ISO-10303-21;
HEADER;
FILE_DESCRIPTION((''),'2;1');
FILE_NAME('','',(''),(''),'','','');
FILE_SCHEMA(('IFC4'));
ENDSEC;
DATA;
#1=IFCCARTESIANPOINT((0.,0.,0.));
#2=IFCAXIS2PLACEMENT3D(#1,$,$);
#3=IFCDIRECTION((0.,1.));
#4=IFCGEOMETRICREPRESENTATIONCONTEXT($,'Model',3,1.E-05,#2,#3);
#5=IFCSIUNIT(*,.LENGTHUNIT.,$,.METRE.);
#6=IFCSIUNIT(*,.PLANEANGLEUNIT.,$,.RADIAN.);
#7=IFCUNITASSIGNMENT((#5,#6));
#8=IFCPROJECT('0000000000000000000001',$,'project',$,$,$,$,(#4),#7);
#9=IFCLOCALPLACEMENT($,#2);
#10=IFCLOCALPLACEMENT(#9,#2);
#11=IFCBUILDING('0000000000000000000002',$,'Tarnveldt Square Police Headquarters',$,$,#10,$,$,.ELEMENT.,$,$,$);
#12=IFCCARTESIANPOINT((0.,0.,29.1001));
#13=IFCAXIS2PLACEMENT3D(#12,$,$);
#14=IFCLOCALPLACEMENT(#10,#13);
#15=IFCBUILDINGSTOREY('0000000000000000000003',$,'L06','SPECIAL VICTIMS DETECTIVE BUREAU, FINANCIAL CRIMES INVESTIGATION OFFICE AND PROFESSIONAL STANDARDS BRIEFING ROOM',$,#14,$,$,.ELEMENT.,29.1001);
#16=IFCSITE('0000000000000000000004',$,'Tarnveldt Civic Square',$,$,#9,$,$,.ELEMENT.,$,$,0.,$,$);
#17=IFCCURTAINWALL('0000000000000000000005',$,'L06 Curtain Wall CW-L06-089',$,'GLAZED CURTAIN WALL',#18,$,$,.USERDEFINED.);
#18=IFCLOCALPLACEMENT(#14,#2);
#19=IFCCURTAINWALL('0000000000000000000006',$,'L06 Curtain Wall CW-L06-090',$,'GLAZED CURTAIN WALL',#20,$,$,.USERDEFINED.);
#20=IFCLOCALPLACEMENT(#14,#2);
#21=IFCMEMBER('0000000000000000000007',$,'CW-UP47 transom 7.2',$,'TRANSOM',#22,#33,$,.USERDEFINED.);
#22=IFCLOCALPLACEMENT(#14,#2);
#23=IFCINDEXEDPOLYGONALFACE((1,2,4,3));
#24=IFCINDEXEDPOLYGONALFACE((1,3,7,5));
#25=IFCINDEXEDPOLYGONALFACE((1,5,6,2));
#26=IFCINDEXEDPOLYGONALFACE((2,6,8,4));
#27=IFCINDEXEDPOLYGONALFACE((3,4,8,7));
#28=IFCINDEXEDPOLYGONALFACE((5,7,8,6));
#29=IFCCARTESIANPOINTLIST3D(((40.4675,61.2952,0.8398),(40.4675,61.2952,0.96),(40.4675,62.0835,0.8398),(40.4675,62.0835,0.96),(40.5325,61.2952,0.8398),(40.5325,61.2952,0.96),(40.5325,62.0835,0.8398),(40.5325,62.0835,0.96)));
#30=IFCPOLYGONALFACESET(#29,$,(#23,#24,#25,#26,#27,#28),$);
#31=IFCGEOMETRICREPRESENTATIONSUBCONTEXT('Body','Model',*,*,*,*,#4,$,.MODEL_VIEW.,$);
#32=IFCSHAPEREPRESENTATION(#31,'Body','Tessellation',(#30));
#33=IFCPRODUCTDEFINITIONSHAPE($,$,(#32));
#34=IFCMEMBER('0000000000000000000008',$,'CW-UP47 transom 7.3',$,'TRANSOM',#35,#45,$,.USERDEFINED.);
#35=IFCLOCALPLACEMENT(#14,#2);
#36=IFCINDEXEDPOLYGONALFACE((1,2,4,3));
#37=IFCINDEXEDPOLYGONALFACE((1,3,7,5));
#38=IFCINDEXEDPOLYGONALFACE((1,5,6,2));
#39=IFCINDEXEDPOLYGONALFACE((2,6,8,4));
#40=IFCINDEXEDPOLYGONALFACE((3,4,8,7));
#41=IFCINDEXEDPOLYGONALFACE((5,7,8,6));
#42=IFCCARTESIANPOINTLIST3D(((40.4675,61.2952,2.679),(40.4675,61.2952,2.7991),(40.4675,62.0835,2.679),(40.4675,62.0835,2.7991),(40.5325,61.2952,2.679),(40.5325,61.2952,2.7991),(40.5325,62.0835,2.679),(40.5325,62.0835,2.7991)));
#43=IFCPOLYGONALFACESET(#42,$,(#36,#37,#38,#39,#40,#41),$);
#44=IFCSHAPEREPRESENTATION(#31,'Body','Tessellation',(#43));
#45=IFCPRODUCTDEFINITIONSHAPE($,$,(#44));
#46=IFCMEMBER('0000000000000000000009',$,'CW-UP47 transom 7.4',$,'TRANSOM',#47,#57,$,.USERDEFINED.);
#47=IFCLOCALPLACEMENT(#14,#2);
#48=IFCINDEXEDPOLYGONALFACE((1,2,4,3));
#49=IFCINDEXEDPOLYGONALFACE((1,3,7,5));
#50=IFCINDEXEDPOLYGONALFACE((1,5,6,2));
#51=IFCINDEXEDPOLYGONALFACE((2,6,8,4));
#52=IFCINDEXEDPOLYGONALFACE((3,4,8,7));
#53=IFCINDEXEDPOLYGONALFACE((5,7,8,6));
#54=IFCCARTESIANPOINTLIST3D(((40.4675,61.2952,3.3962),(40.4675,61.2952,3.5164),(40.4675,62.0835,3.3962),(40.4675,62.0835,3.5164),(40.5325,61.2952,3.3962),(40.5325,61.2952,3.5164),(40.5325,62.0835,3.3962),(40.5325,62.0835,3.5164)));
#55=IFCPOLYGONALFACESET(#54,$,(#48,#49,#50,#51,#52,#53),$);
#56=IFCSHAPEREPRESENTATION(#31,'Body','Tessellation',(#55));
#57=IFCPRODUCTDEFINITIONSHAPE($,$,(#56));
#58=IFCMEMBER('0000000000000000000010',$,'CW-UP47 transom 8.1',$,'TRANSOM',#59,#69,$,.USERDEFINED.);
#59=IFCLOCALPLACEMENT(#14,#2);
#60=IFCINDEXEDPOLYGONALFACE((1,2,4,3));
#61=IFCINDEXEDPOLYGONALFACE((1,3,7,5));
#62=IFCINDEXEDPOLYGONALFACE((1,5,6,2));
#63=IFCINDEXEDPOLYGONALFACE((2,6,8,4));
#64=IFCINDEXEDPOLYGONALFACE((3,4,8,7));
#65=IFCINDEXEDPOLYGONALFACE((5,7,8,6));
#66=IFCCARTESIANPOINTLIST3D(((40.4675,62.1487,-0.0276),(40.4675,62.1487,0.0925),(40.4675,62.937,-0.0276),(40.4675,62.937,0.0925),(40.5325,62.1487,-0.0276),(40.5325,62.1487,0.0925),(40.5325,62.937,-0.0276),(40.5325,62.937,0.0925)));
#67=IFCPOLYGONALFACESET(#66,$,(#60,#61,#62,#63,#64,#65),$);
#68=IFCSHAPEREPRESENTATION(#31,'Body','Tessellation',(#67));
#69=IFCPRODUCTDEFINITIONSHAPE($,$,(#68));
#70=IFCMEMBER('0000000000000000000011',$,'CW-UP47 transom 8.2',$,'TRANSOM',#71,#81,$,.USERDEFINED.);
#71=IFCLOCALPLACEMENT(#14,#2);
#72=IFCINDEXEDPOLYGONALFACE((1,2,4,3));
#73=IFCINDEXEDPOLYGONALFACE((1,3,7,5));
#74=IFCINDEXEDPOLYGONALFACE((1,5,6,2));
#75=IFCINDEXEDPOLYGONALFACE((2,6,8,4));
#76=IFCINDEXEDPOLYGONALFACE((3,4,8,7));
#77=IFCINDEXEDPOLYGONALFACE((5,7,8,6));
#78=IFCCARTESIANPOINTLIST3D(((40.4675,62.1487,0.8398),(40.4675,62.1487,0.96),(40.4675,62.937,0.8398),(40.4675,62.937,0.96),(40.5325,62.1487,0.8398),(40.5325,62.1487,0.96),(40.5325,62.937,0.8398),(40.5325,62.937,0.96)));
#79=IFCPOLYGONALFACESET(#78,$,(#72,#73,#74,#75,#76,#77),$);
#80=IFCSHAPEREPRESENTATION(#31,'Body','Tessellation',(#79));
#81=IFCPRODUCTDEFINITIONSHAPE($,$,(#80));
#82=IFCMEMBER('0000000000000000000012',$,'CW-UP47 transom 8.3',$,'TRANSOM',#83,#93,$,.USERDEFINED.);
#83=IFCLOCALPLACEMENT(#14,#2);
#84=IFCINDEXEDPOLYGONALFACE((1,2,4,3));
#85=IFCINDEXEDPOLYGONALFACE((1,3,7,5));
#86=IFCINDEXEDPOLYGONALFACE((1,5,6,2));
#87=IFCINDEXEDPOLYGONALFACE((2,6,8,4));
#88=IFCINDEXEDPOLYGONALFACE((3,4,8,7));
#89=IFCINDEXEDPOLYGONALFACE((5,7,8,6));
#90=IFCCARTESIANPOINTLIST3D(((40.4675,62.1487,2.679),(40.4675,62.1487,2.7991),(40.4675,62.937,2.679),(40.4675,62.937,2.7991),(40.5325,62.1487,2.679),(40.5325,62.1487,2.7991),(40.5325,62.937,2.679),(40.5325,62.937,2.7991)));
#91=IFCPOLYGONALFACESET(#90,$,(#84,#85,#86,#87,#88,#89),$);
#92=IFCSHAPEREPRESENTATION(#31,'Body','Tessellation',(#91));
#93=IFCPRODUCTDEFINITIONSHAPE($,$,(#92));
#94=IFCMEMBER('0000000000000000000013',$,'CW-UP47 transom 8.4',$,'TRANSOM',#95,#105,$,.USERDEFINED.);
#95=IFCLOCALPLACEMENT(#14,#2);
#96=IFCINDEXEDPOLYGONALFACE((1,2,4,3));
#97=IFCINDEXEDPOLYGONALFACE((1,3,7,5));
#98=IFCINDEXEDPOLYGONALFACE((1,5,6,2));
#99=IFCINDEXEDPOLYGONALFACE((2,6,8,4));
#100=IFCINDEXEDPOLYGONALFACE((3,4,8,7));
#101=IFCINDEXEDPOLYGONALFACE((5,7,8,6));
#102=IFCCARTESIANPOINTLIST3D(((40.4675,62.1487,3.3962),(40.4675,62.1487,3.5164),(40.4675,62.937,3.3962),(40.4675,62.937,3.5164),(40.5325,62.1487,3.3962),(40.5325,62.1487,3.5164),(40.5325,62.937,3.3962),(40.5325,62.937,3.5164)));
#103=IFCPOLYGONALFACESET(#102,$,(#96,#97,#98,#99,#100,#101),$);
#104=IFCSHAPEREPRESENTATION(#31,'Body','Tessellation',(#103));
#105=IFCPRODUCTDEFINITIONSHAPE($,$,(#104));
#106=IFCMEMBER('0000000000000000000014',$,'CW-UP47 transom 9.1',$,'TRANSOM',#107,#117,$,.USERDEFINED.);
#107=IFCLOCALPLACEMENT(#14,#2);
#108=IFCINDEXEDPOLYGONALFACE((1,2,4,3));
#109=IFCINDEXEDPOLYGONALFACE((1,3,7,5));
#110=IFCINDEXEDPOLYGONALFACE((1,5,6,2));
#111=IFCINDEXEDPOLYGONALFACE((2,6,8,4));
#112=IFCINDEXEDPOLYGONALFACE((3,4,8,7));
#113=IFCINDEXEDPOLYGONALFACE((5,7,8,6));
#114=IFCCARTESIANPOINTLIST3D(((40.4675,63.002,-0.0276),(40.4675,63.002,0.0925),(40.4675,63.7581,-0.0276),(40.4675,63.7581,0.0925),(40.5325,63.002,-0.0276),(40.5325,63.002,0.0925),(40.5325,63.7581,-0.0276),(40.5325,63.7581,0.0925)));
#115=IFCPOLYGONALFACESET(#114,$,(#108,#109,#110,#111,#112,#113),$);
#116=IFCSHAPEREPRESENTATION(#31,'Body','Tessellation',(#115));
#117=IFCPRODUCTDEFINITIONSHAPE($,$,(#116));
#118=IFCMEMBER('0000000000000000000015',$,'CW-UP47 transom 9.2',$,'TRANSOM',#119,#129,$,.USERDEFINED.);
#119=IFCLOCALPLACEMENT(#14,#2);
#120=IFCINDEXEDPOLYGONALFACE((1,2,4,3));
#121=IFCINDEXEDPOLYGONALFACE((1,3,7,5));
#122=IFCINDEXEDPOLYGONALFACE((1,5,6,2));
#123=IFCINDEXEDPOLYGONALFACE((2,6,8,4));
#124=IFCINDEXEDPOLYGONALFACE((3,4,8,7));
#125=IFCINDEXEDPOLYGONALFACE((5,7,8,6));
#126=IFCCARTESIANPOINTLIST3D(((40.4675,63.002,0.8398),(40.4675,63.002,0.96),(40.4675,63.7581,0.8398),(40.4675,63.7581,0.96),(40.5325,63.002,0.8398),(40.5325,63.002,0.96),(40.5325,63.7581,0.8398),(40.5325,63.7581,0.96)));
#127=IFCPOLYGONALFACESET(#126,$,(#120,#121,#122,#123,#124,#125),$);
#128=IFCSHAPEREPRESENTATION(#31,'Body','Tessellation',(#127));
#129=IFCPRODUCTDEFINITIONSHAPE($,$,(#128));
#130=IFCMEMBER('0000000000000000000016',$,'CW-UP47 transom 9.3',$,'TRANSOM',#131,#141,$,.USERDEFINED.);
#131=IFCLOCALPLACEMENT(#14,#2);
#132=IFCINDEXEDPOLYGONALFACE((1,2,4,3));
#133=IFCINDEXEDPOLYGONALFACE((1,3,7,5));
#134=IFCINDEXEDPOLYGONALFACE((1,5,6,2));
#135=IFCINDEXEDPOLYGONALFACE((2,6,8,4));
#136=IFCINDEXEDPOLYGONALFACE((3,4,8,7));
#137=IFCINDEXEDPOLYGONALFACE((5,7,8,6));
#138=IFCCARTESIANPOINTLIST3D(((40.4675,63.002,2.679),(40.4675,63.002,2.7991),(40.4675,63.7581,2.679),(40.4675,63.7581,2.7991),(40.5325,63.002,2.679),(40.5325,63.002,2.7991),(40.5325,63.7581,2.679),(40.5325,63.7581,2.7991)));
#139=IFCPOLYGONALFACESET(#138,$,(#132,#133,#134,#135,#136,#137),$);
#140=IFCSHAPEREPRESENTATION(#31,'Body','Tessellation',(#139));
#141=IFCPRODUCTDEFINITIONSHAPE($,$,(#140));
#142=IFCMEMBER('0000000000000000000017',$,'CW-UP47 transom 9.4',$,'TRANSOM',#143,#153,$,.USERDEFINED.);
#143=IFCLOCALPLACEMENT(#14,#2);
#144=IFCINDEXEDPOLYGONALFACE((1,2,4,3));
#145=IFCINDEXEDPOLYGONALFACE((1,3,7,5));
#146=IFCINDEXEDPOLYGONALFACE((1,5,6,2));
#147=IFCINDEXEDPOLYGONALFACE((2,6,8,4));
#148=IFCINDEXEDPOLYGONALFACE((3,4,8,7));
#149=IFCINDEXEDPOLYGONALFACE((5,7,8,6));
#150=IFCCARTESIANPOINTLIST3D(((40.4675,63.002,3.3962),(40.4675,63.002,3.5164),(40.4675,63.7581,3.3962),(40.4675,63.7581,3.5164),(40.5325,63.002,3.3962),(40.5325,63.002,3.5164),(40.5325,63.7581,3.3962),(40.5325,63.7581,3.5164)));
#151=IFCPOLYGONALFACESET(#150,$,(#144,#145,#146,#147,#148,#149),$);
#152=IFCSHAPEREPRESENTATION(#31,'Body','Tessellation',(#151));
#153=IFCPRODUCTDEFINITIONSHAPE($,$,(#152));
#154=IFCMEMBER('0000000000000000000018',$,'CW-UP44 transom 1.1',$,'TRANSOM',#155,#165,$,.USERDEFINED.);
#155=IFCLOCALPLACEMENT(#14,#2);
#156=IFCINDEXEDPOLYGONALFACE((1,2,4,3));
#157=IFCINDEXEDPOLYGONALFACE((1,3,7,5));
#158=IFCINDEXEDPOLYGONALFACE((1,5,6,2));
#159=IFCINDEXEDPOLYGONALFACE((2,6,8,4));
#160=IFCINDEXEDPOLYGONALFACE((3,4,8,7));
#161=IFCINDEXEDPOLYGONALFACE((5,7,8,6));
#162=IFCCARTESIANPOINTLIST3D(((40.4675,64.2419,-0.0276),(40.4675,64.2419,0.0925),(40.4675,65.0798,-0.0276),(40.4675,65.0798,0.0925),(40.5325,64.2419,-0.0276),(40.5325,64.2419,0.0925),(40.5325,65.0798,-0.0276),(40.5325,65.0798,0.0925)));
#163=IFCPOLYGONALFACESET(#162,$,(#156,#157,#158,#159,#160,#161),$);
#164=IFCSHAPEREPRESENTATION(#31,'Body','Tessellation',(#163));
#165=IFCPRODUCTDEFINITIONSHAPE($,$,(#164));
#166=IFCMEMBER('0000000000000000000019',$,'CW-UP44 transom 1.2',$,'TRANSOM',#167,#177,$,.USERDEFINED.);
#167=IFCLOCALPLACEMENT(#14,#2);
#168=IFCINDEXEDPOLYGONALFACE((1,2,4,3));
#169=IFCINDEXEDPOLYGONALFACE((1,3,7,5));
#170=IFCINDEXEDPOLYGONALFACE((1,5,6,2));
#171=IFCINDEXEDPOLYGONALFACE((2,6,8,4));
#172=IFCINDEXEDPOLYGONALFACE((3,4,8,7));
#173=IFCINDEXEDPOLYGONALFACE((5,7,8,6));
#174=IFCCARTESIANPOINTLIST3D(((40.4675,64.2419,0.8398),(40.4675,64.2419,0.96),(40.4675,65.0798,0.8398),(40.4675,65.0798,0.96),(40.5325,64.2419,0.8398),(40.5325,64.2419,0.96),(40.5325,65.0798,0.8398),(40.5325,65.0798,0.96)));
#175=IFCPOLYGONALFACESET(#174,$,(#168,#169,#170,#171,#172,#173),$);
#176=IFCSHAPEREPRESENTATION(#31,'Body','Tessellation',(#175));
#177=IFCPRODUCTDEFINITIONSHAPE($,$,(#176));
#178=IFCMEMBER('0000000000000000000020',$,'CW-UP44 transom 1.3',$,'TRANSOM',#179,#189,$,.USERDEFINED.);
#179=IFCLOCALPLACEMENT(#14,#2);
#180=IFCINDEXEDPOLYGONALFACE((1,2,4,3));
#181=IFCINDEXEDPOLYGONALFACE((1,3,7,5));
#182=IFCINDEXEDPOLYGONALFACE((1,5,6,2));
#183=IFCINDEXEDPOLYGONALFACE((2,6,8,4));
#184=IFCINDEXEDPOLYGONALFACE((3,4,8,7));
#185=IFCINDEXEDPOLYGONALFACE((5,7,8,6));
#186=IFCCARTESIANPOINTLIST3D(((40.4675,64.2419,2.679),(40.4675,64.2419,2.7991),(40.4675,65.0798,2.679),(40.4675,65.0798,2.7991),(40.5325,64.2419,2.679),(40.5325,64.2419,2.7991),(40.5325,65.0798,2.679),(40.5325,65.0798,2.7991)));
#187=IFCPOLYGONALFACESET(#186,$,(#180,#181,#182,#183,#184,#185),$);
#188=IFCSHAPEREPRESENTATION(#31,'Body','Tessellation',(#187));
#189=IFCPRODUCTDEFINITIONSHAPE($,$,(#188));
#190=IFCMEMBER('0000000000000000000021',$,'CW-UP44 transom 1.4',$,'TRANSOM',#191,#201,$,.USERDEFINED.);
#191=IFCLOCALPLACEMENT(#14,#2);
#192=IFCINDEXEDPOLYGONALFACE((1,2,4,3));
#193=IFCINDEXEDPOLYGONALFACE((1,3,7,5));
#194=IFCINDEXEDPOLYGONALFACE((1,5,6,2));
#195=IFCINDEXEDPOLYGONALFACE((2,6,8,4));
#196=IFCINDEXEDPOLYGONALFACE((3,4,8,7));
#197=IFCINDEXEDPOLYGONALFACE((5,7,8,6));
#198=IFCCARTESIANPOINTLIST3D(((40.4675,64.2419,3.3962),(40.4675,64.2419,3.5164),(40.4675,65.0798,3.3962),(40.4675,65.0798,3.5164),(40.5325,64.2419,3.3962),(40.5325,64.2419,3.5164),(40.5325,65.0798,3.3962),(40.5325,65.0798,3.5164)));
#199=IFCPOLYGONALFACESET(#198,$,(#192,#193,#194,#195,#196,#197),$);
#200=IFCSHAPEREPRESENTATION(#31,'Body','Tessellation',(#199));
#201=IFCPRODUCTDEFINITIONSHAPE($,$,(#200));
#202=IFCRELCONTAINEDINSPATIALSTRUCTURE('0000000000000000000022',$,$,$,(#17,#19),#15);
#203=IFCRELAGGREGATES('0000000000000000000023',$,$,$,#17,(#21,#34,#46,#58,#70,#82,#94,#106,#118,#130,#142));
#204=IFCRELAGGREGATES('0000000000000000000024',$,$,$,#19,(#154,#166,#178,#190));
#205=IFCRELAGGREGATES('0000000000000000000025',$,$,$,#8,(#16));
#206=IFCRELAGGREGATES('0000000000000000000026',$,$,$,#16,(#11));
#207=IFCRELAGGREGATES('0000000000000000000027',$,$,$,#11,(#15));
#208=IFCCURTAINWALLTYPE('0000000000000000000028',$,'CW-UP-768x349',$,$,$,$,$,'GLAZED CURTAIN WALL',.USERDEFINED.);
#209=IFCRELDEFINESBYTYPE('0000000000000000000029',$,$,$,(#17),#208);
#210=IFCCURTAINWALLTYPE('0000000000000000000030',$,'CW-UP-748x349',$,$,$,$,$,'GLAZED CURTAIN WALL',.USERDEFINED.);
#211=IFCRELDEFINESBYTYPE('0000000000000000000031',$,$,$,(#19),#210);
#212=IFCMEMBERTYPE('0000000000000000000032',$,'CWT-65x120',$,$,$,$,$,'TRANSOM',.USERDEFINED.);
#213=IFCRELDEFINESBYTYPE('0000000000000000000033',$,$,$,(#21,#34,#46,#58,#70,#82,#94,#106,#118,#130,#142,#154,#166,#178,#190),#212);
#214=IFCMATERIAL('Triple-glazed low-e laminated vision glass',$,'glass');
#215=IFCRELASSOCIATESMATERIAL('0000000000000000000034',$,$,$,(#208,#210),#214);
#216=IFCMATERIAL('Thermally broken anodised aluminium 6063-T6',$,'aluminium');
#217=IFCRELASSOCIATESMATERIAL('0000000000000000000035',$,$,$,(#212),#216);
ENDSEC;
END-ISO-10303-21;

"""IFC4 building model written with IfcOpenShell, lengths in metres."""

from ifc_helpers import new_model, si_unit, direction, frame, origin, origin_2d, place, context, subcontext, project, spatial, rectangle, extrude, material, material_profile, profile_set, type_object, element, aggregate, save


model = new_model("IFC4")

# Units and contexts
model_context = context("Model", 3, precision=1e-05, world=origin(), true_north=direction((0.0, 1.0)))
body_context = subcontext(model_context, "Body", "Model", "MODEL_VIEW")
ifc_project = project(units=[si_unit("LENGTHUNIT", "METRE"), si_unit("PLANEANGLEUNIT", "RADIAN")], contexts=[model_context])

# Site, building, storey
site_placement = place(None, origin())
site = spatial("IfcSite", under=ifc_project, at=site_placement, Name="Tarnveldt Civic Square", CompositionType="ELEMENT", RefElevation=0.0)
building_placement = place(site_placement, origin())
building = spatial("IfcBuilding", under=site, at=building_placement, Name="Tarnveldt Square Police Headquarters", CompositionType="ELEMENT")
storey_placement = place(building_placement, frame((0.0, 0.0, 29.1001)))
storey = spatial("IfcBuildingStorey", under=building, at=storey_placement, Name="L06", Description="SPECIAL VICTIMS DETECTIVE BUREAU, FINANCIAL CRIMES INVESTIGATION OFFICE AND PROFESSIONAL STANDARDS BRIEFING ROOM", CompositionType="ELEMENT", Elevation=29.1001)

# Curtain wall
ifc_material_1 = material(Name="Triple-glazed low-e laminated vision glass", Category="glass")
curtain_wall_type_1 = type_object("IfcCurtainWallType", Name="CW-UP-768x349", ElementType="GLAZED CURTAIN WALL", PredefinedType="USERDEFINED", material=ifc_material_1)
curtain_wall_1_placement = place(storey_placement, origin())
curtain_wall_1 = element("IfcCurtainWall", 1, at=curtain_wall_1_placement, inside=storey, type_object=curtain_wall_type_1, Name="L06 Curtain Wall CW-L06-089", ObjectType="GLAZED CURTAIN WALL", PredefinedType="USERDEFINED")
ifc_material_2 = material(Name="Thermally broken anodised aluminium 6063-T6", Category="aluminium")

# Curtain wall
curtain_wall_type_2 = type_object("IfcCurtainWallType", Name="CW-UP-748x349", ElementType="GLAZED CURTAIN WALL", PredefinedType="USERDEFINED", material=ifc_material_1)
curtain_wall_2_placement = place(storey_placement, origin())
curtain_wall_2 = element("IfcCurtainWall", 2, at=curtain_wall_2_placement, inside=storey, type_object=curtain_wall_type_2, Name="L06 Curtain Wall CW-L06-090", ObjectType="GLAZED CURTAIN WALL", PredefinedType="USERDEFINED")

# Members
ifc_material_profile_1 = material_profile(ifc_material_2, rectangle(XDim=0.0649, YDim=0.1201, at=origin_2d()), Name="CW-T65x120")
ifc_profile_set_1 = profile_set([ifc_material_profile_1], Name="Thermally broken anodised aluminium 6063-T6")
member_type_1 = type_object("IfcMemberType", Name="CWT-65x120", ElementType="TRANSOM", PredefinedType="USERDEFINED", material=ifc_profile_set_1)
member_1_placement = place(storey_placement, frame((40.5, 61.2952, 0.8999), z_axis=(0.0, 1.0, 0.0), x_axis=(-1.0, 0.0, 0.0)))
member_1 = element("IfcMember", 3, at=member_1_placement, type_object=member_type_1, Name="CW-UP47 transom 7.2", ObjectType="TRANSOM", PredefinedType="USERDEFINED", context=body_context, shape_type="SweptSolid", body=[
    extrude(rectangle(XDim=0.0649, YDim=0.1201, at=origin_2d()), origin(), (0.0, 0.0, 1.0), 0.7883),
])
member_2_placement = place(storey_placement, frame((40.5, 61.2952, 2.739), z_axis=(0.0, 1.0, 0.0), x_axis=(-1.0, 0.0, 0.0)))
member_2 = element("IfcMember", 4, at=member_2_placement, type_object=member_type_1, Name="CW-UP47 transom 7.3", ObjectType="TRANSOM", PredefinedType="USERDEFINED", context=body_context, shape_type="SweptSolid", body=[
    extrude(rectangle(XDim=0.0649, YDim=0.1201, at=origin_2d()), origin(), (0.0, 0.0, 1.0), 0.7883),
])
member_3_placement = place(storey_placement, frame((40.5, 61.2952, 3.4563), z_axis=(0.0, 1.0, 0.0), x_axis=(-1.0, 0.0, 0.0)))
member_3 = element("IfcMember", 5, at=member_3_placement, type_object=member_type_1, Name="CW-UP47 transom 7.4", ObjectType="TRANSOM", PredefinedType="USERDEFINED", context=body_context, shape_type="SweptSolid", body=[
    extrude(rectangle(XDim=0.0649, YDim=0.1201, at=origin_2d()), origin(), (0.0, 0.0, 1.0), 0.7883),
])
member_4_placement = place(storey_placement, frame((40.5, 62.1487, 0.0325), z_axis=(0.0, 1.0, 0.0), x_axis=(-1.0, 0.0, 0.0)))
member_4 = element("IfcMember", 6, at=member_4_placement, type_object=member_type_1, Name="CW-UP47 transom 8.1", ObjectType="TRANSOM", PredefinedType="USERDEFINED", context=body_context, shape_type="SweptSolid", body=[
    extrude(rectangle(XDim=0.0649, YDim=0.1201, at=origin_2d()), origin(), (0.0, 0.0, 1.0), 0.7883),
])
member_5_placement = place(storey_placement, frame((40.5, 62.1487, 0.8999), z_axis=(0.0, 1.0, 0.0), x_axis=(-1.0, 0.0, 0.0)))
member_5 = element("IfcMember", 7, at=member_5_placement, type_object=member_type_1, Name="CW-UP47 transom 8.2", ObjectType="TRANSOM", PredefinedType="USERDEFINED", context=body_context, shape_type="SweptSolid", body=[
    extrude(rectangle(XDim=0.0649, YDim=0.1201, at=origin_2d()), origin(), (0.0, 0.0, 1.0), 0.7883),
])
member_6_placement = place(storey_placement, frame((40.5, 62.1487, 2.739), z_axis=(0.0, 1.0, 0.0), x_axis=(-1.0, 0.0, 0.0)))
member_6 = element("IfcMember", 8, at=member_6_placement, type_object=member_type_1, Name="CW-UP47 transom 8.3", ObjectType="TRANSOM", PredefinedType="USERDEFINED", context=body_context, shape_type="SweptSolid", body=[
    extrude(rectangle(XDim=0.0649, YDim=0.1201, at=origin_2d()), origin(), (0.0, 0.0, 1.0), 0.7883),
])
member_7_placement = place(storey_placement, frame((40.5, 62.1487, 3.4563), z_axis=(0.0, 1.0, 0.0), x_axis=(-1.0, 0.0, 0.0)))
member_7 = element("IfcMember", 9, at=member_7_placement, type_object=member_type_1, Name="CW-UP47 transom 8.4", ObjectType="TRANSOM", PredefinedType="USERDEFINED", context=body_context, shape_type="SweptSolid", body=[
    extrude(rectangle(XDim=0.0649, YDim=0.1201, at=origin_2d()), origin(), (0.0, 0.0, 1.0), 0.7883),
])
member_8_placement = place(storey_placement, frame((40.5, 63.002, 0.0325), z_axis=(0.0, 1.0, 0.0), x_axis=(-1.0, 0.0, 0.0)))
member_8 = element("IfcMember", 10, at=member_8_placement, type_object=member_type_1, Name="CW-UP47 transom 9.1", ObjectType="TRANSOM", PredefinedType="USERDEFINED", context=body_context, shape_type="SweptSolid", body=[
    extrude(rectangle(XDim=0.0649, YDim=0.1201, at=origin_2d()), origin(), (0.0, 0.0, 1.0), 0.7561),
])
member_9_placement = place(storey_placement, frame((40.5, 63.002, 0.8999), z_axis=(0.0, 1.0, 0.0), x_axis=(-1.0, 0.0, 0.0)))
member_9 = element("IfcMember", 11, at=member_9_placement, type_object=member_type_1, Name="CW-UP47 transom 9.2", ObjectType="TRANSOM", PredefinedType="USERDEFINED", context=body_context, shape_type="SweptSolid", body=[
    extrude(rectangle(XDim=0.0649, YDim=0.1201, at=origin_2d()), origin(), (0.0, 0.0, 1.0), 0.7561),
])
member_10_placement = place(storey_placement, frame((40.5, 63.002, 2.739), z_axis=(0.0, 1.0, 0.0), x_axis=(-1.0, 0.0, 0.0)))
member_10 = element("IfcMember", 12, at=member_10_placement, type_object=member_type_1, Name="CW-UP47 transom 9.3", ObjectType="TRANSOM", PredefinedType="USERDEFINED", context=body_context, shape_type="SweptSolid", body=[
    extrude(rectangle(XDim=0.0649, YDim=0.1201, at=origin_2d()), origin(), (0.0, 0.0, 1.0), 0.7561),
])
member_11_placement = place(storey_placement, frame((40.5, 63.002, 3.4563), z_axis=(0.0, 1.0, 0.0), x_axis=(-1.0, 0.0, 0.0)))
member_11 = element("IfcMember", 13, at=member_11_placement, type_object=member_type_1, Name="CW-UP47 transom 9.4", ObjectType="TRANSOM", PredefinedType="USERDEFINED", context=body_context, shape_type="SweptSolid", body=[
    extrude(rectangle(XDim=0.0649, YDim=0.1201, at=origin_2d()), origin(), (0.0, 0.0, 1.0), 0.7561),
])
member_12_placement = place(storey_placement, frame((40.5, 64.2419, 0.0325), z_axis=(0.0, 1.0, 0.0), x_axis=(-1.0, 0.0, 0.0)))
member_12 = element("IfcMember", 14, at=member_12_placement, type_object=member_type_1, Name="CW-UP44 transom 1.1", ObjectType="TRANSOM", PredefinedType="USERDEFINED", context=body_context, shape_type="SweptSolid", body=[
    extrude(rectangle(XDim=0.0649, YDim=0.1201, at=origin_2d()), origin(), (0.0, 0.0, 1.0), 0.8379),
])
member_13_placement = place(storey_placement, frame((40.5, 64.2419, 0.8999), z_axis=(0.0, 1.0, 0.0), x_axis=(-1.0, 0.0, 0.0)))
member_13 = element("IfcMember", 15, at=member_13_placement, type_object=member_type_1, Name="CW-UP44 transom 1.2", ObjectType="TRANSOM", PredefinedType="USERDEFINED", context=body_context, shape_type="SweptSolid", body=[
    extrude(rectangle(XDim=0.0649, YDim=0.1201, at=origin_2d()), origin(), (0.0, 0.0, 1.0), 0.8379),
])
member_14_placement = place(storey_placement, frame((40.5, 64.2419, 2.739), z_axis=(0.0, 1.0, 0.0), x_axis=(-1.0, 0.0, 0.0)))
member_14 = element("IfcMember", 16, at=member_14_placement, type_object=member_type_1, Name="CW-UP44 transom 1.3", ObjectType="TRANSOM", PredefinedType="USERDEFINED", context=body_context, shape_type="SweptSolid", body=[
    extrude(rectangle(XDim=0.0649, YDim=0.1201, at=origin_2d()), origin(), (0.0, 0.0, 1.0), 0.8379),
])
member_15_placement = place(storey_placement, frame((40.5, 64.2419, 3.4563), z_axis=(0.0, 1.0, 0.0), x_axis=(-1.0, 0.0, 0.0)))
member_15 = element("IfcMember", 17, at=member_15_placement, type_object=member_type_1, Name="CW-UP44 transom 1.4", ObjectType="TRANSOM", PredefinedType="USERDEFINED", context=body_context, shape_type="SweptSolid", body=[
    extrude(rectangle(XDim=0.0649, YDim=0.1201, at=origin_2d()), origin(), (0.0, 0.0, 1.0), 0.8379),
])

aggregate(curtain_wall_1, [member_1, member_2, member_3, member_4, member_5, member_6, member_7, member_8, member_9, member_10, member_11])
aggregate(curtain_wall_2, [member_12, member_13, member_14, member_15])

save(model, "model.ifc")
